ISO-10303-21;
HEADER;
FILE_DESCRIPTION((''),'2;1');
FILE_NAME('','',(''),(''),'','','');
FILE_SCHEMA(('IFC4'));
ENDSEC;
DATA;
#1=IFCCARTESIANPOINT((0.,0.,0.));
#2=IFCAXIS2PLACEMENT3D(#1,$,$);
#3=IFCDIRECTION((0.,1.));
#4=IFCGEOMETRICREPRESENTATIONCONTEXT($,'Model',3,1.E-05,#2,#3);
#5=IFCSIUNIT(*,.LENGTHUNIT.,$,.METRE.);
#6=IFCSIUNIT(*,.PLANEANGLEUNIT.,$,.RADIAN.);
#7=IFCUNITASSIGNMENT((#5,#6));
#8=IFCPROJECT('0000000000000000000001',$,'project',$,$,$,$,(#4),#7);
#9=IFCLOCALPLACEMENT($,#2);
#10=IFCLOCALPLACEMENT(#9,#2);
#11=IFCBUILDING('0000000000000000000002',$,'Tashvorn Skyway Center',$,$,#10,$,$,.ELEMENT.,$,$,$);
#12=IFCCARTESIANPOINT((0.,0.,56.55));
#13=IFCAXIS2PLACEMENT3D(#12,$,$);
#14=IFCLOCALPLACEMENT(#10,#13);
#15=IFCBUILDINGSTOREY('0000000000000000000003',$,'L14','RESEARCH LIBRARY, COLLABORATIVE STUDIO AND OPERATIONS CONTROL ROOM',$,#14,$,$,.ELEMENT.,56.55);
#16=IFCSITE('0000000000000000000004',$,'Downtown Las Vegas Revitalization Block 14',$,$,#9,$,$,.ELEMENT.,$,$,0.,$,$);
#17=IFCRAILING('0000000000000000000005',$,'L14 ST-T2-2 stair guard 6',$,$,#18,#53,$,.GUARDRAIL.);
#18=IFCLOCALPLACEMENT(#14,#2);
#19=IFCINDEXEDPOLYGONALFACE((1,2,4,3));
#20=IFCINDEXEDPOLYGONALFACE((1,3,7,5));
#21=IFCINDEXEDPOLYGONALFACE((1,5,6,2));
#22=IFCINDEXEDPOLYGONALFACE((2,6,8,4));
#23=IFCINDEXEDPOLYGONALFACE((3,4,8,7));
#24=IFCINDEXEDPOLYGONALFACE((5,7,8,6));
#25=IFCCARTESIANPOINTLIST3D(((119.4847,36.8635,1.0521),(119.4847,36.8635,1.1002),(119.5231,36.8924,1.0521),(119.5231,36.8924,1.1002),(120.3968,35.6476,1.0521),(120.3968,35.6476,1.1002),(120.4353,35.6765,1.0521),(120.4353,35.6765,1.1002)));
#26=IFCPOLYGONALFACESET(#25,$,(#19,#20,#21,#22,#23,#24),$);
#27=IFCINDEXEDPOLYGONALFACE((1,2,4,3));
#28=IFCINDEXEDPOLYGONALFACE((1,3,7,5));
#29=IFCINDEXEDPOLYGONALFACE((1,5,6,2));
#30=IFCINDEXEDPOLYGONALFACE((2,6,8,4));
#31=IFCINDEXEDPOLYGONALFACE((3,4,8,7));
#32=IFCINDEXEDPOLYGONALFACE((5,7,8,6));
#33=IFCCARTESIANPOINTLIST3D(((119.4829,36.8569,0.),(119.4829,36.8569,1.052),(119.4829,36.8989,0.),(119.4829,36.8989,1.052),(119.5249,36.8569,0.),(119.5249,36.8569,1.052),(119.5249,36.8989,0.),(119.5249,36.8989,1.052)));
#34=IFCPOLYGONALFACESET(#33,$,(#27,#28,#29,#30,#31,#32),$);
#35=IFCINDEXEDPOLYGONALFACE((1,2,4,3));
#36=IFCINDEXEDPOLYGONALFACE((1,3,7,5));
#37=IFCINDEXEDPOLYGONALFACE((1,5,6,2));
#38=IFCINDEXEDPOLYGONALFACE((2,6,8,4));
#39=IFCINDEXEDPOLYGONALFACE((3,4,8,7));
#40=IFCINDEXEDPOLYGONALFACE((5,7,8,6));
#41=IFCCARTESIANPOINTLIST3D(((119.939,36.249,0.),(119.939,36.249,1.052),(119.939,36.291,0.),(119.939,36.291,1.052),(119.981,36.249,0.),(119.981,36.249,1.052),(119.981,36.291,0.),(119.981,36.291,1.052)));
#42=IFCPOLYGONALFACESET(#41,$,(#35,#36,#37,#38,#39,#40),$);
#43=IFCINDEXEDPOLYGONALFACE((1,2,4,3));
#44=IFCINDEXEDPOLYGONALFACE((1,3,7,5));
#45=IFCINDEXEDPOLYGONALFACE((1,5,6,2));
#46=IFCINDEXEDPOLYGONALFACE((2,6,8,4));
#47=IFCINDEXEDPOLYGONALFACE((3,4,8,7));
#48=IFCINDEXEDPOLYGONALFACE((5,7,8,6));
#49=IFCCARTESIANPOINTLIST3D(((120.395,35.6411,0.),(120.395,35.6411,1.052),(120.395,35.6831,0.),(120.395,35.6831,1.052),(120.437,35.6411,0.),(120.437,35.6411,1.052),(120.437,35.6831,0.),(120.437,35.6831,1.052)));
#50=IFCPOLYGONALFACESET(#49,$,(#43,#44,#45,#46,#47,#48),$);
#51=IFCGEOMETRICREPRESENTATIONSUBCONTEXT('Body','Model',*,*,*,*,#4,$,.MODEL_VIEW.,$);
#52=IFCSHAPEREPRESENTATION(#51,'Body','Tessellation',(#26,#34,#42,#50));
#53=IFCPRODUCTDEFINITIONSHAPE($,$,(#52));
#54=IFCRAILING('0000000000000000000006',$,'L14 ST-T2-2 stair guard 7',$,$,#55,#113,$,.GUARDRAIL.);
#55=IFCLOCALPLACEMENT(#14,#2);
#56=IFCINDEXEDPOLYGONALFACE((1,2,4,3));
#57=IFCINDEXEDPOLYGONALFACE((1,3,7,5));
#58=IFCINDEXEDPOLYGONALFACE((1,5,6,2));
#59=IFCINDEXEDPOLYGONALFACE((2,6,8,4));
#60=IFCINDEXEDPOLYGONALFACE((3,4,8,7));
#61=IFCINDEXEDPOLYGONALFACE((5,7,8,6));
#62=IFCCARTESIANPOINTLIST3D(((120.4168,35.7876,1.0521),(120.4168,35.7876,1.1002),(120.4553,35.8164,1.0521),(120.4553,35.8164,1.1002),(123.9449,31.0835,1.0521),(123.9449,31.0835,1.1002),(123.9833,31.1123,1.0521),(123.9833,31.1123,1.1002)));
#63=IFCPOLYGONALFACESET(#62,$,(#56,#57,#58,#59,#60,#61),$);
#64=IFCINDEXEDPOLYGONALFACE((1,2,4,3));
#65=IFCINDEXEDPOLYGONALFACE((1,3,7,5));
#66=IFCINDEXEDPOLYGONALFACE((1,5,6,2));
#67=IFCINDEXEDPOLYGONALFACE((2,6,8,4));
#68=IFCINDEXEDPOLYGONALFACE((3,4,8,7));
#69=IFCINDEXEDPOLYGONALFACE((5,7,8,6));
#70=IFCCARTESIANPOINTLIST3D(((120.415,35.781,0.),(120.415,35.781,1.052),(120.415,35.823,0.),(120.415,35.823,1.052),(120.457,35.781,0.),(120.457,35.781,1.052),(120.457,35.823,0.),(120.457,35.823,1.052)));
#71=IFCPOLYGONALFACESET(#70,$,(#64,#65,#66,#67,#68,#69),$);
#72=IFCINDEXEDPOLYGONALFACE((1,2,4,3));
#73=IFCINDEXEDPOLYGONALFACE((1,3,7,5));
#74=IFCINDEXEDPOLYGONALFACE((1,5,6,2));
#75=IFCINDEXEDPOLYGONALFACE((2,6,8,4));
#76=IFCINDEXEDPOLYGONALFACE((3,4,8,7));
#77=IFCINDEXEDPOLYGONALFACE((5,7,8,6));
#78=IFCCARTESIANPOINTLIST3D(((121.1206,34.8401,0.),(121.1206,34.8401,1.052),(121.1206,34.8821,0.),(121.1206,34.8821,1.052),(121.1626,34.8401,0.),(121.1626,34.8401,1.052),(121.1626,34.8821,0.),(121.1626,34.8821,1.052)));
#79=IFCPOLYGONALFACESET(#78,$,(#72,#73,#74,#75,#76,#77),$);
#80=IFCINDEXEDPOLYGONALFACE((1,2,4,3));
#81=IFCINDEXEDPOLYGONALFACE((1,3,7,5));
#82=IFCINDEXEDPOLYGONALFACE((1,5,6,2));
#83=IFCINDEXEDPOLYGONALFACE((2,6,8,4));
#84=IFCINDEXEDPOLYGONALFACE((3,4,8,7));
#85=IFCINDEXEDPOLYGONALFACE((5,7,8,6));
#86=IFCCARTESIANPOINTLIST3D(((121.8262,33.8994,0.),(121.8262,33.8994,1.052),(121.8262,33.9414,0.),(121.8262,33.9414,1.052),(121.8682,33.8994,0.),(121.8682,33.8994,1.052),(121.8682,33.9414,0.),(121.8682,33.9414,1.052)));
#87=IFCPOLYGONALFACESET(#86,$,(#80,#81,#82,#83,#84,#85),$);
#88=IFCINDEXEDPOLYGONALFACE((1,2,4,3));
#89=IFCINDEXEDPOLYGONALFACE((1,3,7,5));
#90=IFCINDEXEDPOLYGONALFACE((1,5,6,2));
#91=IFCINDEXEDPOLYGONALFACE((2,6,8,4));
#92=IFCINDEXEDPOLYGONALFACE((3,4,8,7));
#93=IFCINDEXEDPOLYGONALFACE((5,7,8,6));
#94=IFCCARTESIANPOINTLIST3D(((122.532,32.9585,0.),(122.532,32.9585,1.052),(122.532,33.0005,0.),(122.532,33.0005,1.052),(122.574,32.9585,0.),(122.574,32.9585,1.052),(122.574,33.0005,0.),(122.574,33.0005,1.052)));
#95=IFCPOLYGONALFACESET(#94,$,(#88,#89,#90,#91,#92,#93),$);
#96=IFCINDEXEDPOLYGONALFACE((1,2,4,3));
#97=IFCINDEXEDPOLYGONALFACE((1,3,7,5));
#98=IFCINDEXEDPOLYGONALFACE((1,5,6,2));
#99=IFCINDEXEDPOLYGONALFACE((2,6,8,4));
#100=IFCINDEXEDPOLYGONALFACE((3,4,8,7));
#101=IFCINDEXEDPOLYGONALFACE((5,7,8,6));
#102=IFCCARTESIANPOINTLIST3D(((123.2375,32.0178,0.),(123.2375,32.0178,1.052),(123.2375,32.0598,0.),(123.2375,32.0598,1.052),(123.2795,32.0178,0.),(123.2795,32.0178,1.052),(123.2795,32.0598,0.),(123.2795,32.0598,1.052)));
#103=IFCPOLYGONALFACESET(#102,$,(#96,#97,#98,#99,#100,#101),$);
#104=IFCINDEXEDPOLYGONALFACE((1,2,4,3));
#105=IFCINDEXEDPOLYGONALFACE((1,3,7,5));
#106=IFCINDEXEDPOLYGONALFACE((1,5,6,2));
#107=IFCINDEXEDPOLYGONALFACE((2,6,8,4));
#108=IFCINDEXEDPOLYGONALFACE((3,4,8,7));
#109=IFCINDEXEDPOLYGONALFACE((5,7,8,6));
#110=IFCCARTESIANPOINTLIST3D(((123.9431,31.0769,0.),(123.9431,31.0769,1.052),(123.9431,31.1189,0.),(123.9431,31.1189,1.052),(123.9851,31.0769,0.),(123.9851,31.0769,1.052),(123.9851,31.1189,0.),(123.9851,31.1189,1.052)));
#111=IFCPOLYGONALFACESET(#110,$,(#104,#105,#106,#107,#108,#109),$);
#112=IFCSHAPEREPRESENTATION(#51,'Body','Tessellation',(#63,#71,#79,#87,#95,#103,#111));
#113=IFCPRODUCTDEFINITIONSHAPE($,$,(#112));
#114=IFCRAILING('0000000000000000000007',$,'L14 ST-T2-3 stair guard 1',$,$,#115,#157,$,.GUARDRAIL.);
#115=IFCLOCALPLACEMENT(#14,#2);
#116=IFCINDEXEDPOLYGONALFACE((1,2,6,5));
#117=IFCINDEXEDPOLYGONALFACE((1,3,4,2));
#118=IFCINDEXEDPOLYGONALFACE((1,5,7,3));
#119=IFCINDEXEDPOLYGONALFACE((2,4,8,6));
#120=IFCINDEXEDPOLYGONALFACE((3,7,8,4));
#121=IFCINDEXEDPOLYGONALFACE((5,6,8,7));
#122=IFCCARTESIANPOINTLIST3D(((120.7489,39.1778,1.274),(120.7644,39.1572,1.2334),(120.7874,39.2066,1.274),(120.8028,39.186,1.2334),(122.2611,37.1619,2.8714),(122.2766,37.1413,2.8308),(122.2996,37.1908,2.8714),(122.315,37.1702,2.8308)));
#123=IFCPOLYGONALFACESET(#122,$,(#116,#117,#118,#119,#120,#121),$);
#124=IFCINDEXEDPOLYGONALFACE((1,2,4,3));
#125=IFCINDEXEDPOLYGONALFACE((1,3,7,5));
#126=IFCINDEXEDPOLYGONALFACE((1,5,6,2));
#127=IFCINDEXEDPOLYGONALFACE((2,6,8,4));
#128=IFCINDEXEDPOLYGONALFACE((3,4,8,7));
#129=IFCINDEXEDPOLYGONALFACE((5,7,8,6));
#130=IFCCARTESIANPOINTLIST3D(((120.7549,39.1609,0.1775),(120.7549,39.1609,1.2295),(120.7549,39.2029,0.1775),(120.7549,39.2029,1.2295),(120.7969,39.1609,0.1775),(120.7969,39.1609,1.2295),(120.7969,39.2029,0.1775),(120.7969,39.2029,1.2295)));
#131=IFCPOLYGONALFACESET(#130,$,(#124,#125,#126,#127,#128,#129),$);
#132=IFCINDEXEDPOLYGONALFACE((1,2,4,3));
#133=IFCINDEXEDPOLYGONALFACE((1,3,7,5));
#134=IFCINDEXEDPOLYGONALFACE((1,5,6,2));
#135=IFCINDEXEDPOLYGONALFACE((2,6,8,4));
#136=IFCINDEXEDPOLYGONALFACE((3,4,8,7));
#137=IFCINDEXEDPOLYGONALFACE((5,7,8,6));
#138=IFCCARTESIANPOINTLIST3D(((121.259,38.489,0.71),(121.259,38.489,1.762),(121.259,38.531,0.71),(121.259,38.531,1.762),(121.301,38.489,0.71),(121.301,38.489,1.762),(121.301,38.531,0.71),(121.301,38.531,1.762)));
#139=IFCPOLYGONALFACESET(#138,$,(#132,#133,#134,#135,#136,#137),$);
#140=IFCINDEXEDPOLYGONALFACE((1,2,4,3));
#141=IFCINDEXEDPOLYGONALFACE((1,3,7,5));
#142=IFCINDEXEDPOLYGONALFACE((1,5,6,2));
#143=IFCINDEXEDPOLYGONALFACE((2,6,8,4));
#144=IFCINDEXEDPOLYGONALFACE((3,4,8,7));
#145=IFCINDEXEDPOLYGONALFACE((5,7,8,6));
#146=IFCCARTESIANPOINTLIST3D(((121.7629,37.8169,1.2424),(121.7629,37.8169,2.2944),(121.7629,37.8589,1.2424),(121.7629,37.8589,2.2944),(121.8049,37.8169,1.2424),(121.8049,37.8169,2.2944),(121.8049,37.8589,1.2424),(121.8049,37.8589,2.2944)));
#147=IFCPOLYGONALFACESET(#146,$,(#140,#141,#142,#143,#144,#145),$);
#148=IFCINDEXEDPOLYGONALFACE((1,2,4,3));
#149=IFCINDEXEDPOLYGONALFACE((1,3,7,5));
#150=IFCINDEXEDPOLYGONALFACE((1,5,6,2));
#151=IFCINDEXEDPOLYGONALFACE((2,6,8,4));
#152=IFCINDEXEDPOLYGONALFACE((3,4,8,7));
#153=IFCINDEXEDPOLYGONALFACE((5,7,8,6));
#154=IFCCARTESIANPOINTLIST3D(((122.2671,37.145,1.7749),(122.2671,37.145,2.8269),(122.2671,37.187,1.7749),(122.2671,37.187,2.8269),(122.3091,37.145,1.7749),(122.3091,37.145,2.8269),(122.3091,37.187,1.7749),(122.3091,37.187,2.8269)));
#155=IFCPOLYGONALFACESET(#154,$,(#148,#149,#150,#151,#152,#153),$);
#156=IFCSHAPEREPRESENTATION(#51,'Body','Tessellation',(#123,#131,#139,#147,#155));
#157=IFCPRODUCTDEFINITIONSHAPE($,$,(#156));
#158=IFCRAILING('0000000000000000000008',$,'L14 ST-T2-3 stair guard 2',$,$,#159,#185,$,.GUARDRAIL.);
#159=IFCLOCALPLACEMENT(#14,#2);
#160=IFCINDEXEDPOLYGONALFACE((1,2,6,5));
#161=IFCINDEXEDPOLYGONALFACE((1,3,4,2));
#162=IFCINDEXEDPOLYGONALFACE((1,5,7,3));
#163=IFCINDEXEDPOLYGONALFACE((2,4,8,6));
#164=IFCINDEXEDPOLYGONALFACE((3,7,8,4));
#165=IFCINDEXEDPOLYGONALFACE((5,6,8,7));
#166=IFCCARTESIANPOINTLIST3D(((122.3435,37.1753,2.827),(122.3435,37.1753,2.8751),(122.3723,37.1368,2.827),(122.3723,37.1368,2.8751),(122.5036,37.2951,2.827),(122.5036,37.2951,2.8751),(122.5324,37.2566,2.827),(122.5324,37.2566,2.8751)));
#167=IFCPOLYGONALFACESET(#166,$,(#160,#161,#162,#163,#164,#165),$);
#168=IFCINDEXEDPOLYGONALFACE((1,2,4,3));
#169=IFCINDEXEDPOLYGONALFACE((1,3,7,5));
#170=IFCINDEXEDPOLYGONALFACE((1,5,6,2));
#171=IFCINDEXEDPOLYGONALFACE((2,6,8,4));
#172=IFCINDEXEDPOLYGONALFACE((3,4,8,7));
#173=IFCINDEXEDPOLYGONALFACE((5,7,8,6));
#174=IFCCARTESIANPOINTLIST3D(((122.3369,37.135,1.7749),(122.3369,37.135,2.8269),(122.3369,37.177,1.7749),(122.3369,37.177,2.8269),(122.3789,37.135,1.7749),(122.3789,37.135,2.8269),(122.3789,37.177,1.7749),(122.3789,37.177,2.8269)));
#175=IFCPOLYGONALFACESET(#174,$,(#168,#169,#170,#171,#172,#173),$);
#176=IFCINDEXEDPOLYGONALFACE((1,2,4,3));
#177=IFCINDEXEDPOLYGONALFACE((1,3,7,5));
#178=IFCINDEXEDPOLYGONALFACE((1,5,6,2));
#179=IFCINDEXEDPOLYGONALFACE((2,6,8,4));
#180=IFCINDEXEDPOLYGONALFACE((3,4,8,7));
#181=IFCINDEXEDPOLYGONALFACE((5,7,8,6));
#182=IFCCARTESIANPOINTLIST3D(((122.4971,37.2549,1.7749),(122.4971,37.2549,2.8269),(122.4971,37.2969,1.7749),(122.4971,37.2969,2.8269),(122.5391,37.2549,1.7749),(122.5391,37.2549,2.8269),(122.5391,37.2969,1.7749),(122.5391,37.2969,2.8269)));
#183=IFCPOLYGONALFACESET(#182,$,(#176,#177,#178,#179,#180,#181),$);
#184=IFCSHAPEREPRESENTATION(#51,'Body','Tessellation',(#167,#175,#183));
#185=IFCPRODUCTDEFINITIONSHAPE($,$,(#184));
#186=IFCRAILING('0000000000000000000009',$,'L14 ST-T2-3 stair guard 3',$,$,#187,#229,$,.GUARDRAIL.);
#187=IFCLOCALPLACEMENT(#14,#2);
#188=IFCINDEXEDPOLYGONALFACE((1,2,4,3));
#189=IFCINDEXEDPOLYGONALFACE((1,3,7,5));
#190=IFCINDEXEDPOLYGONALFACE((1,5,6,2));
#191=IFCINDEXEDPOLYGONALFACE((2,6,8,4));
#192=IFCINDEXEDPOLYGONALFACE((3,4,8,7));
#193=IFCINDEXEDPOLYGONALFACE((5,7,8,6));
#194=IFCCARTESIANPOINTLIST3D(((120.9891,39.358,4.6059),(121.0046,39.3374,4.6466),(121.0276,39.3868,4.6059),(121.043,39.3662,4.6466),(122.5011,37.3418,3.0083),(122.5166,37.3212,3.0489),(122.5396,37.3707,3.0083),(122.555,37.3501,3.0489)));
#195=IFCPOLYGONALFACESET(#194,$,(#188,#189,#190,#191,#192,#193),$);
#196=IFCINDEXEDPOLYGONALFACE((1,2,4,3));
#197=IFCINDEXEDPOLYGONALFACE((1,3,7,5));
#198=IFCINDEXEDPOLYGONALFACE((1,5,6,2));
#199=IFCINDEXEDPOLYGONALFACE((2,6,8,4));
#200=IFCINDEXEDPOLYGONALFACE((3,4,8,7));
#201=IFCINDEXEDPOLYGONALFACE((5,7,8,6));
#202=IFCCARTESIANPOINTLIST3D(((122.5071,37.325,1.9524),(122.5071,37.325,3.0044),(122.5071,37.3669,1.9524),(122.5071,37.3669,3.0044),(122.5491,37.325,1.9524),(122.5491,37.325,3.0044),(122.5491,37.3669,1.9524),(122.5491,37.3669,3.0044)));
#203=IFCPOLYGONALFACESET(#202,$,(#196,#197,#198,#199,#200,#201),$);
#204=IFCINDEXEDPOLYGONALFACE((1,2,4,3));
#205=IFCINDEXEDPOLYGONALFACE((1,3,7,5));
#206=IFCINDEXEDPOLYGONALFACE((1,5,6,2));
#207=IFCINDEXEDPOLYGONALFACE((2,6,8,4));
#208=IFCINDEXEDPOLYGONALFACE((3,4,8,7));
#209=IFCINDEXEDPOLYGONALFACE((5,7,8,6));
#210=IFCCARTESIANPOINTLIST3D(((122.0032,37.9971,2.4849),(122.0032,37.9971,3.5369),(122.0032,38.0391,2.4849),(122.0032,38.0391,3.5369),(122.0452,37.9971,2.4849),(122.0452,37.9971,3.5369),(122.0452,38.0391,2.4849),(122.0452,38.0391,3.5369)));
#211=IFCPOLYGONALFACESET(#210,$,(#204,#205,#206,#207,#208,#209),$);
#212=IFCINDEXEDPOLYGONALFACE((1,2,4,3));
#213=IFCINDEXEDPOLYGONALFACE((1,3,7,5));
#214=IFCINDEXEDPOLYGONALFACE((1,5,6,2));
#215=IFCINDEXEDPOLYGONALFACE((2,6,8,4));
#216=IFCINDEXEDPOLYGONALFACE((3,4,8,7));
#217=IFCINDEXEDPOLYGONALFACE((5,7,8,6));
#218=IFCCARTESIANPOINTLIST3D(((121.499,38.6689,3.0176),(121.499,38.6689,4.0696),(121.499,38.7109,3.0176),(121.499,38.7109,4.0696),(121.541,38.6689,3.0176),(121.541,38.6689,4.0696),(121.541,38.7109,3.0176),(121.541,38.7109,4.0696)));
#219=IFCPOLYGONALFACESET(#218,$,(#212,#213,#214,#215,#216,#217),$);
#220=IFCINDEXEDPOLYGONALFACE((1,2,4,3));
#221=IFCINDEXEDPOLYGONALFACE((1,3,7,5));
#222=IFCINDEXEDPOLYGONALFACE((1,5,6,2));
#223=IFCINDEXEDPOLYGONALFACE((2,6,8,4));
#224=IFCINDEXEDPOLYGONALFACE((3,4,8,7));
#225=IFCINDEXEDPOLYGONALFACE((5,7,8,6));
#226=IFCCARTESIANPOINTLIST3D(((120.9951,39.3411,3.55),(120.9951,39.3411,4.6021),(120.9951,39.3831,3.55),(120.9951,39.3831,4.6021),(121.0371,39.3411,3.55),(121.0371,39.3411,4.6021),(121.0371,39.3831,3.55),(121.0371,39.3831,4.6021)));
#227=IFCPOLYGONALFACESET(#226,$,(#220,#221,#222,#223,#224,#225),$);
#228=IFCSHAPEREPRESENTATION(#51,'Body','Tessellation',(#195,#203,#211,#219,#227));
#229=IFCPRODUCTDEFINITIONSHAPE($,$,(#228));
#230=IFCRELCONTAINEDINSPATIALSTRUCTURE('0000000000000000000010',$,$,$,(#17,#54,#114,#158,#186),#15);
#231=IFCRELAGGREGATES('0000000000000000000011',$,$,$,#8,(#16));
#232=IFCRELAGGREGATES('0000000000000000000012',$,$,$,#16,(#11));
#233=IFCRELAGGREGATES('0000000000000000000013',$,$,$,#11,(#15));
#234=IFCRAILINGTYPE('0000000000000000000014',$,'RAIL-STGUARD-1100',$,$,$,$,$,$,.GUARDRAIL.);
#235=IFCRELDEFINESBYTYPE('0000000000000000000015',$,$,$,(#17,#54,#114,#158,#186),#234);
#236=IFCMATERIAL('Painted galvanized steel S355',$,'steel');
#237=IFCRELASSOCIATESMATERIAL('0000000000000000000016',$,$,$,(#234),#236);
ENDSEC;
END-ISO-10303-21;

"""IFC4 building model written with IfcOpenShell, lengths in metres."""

from ifc_helpers import new_model, si_unit, direction, frame, origin, origin_2d, place, context, subcontext, project, spatial, rectangle, extrude, material, type_object, element, save


model = new_model("IFC4")

# Units and contexts
model_context = context("Model", 3, precision=1e-05, world=origin(), true_north=direction((0.0, 1.0)))
body_context = subcontext(model_context, "Body", "Model", "MODEL_VIEW")
ifc_project = project(units=[si_unit("LENGTHUNIT", "METRE"), si_unit("PLANEANGLEUNIT", "RADIAN")], contexts=[model_context])

# Site, building, storey
site_placement = place(None, origin())
site = spatial("IfcSite", under=ifc_project, at=site_placement, Name="Downtown Las Vegas Revitalization Block 14", CompositionType="ELEMENT", RefElevation=0.0)
building_placement = place(site_placement, origin())
building = spatial("IfcBuilding", under=site, at=building_placement, Name="Tashvorn Skyway Center", CompositionType="ELEMENT")
storey_placement = place(building_placement, frame((0.0, 0.0, 56.55)))
storey = spatial("IfcBuildingStorey", under=building, at=storey_placement, Name="L14", Description="RESEARCH LIBRARY, COLLABORATIVE STUDIO AND OPERATIONS CONTROL ROOM", CompositionType="ELEMENT", Elevation=56.55)

# Railings
ifc_material_1 = material(Name="Painted galvanized steel S355", Category="steel")
railing_type_1 = type_object("IfcRailingType", Name="RAIL-STGUARD-1100", PredefinedType="GUARDRAIL", material=ifc_material_1)
railing_1_placement = place(storey_placement, frame((119.5039, 36.8779, 0.0)))
element("IfcRailing", 1, at=railing_1_placement, inside=storey, type_object=railing_type_1, Name="L14 ST-T2-2 stair guard 6", PredefinedType="GUARDRAIL", context=body_context, shape_type="SweptSolid", body=[
    extrude(rectangle(XDim=0.0481, YDim=0.0481, at=origin_2d()), frame((0.0, 0.0, 1.0762), z_axis=(0.600103, -0.799923, 0.0), x_axis=(0.799923, 0.600103, 0.0)), (0.0, 0.0, 1.0), 1.52),
    extrude(rectangle(XDim=0.042, YDim=0.042, at=origin_2d()), origin(), (0.0, 0.0, 1.0), 1.052),
    extrude(rectangle(XDim=0.042, YDim=0.042, at=origin_2d()), frame((0.4561, -0.6079, 0.0)), (0.0, 0.0, 1.0), 1.052),
    extrude(rectangle(XDim=0.042, YDim=0.042, at=origin_2d()), frame((0.9121, -1.2158, 0.0)), (0.0, 0.0, 1.0), 1.052),
])
railing_2_placement = place(storey_placement, frame((120.436, 35.802, 0.0)))
element("IfcRailing", 2, at=railing_2_placement, inside=storey, type_object=railing_type_1, Name="L14 ST-T2-2 stair guard 7", PredefinedType="GUARDRAIL", context=body_context, shape_type="SweptSolid", body=[
    extrude(rectangle(XDim=0.0481, YDim=0.0481, at=origin_2d()), frame((0.0, 0.0, 1.0762), z_axis=(0.6, -0.8, 0.0), x_axis=(0.8, 0.6, 0.0)), (0.0, 0.0, 1.0), 5.8801),
    extrude(rectangle(XDim=0.042, YDim=0.042, at=origin_2d()), origin(), (0.0, 0.0, 1.0), 1.052),
    extrude(rectangle(XDim=0.042, YDim=0.042, at=origin_2d()), frame((0.7056, -0.9409, 0.0)), (0.0, 0.0, 1.0), 1.052),
    extrude(rectangle(XDim=0.042, YDim=0.042, at=origin_2d()), frame((1.4111, -1.8816, 0.0)), (0.0, 0.0, 1.0), 1.052),
    extrude(rectangle(XDim=0.042, YDim=0.042, at=origin_2d()), frame((2.1169, -2.8225, 0.0)), (0.0, 0.0, 1.0), 1.052),
    extrude(rectangle(XDim=0.042, YDim=0.042, at=origin_2d()), frame((2.8225, -3.7632, 0.0)), (0.0, 0.0, 1.0), 1.052),
    extrude(rectangle(XDim=0.042, YDim=0.042, at=origin_2d()), frame((3.5281, -4.7041, 0.0)), (0.0, 0.0, 1.0), 1.052),
])
railing_3_placement = place(storey_placement, frame((120.7759, 39.1819, 0.1775)))
element("IfcRailing", 3, at=railing_3_placement, inside=storey, type_object=railing_type_1, Name="L14 ST-T2-3 stair guard 1", PredefinedType="GUARDRAIL", context=body_context, shape_type="SweptSolid", body=[
    extrude(rectangle(XDim=0.0481, YDim=0.0481, at=origin_2d()), frame((0.0, 0.0, 1.0762), z_axis=(0.50683, -0.675636, 0.535387), x_axis=(0.799942, 0.600078, 0.0)), (0.0, 0.0, 1.0), 2.9836),
    extrude(rectangle(XDim=0.042, YDim=0.042, at=origin_2d()), origin(), (0.0, 0.0, 1.0), 1.052),
    extrude(rectangle(XDim=0.042, YDim=0.042, at=origin_2d()), frame((0.5042, -0.6719, 0.5325)), (0.0, 0.0, 1.0), 1.052),
    extrude(rectangle(XDim=0.042, YDim=0.042, at=origin_2d()), frame((1.0081, -1.344, 1.0649)), (0.0, 0.0, 1.0), 1.052),
    extrude(rectangle(XDim=0.042, YDim=0.042, at=origin_2d()), frame((1.5122, -2.0159, 1.5974)), (0.0, 0.0, 1.0), 1.052),
])
railing_4_placement = place(storey_placement, frame((122.3579, 37.156, 1.7749)))
element("IfcRailing", 4, at=railing_4_placement, inside=storey, type_object=railing_type_1, Name="L14 ST-T2-3 stair guard 2", PredefinedType="GUARDRAIL", context=body_context, shape_type="SweptSolid", body=[
    extrude(rectangle(XDim=0.0481, YDim=0.0481, at=origin_2d()), frame((0.0, 0.0, 1.0762), z_axis=(0.800585, 0.599219, 0.0), x_axis=(-0.599219, 0.800585, 0.0)), (0.0, 0.0, 1.0), 0.2),
    extrude(rectangle(XDim=0.042, YDim=0.042, at=origin_2d()), origin(), (0.0, 0.0, 1.0), 1.052),
    extrude(rectangle(XDim=0.042, YDim=0.042, at=origin_2d()), frame((0.1602, 0.1199, 0.0)), (0.0, 0.0, 1.0), 1.052),
])
railing_5_placement = place(storey_placement, frame((122.5281, 37.3459, 1.9524)))
element("IfcRailing", 5, at=railing_5_placement, inside=storey, type_object=railing_type_1, Name="L14 ST-T2-3 stair guard 3", PredefinedType="GUARDRAIL", context=body_context, shape_type="SweptSolid", body=[
    extrude(rectangle(XDim=0.0481, YDim=0.0481, at=origin_2d()), frame((0.0, 0.0, 1.0762), z_axis=(-0.506719, 0.675679, 0.535438), x_axis=(-0.800023, -0.599969, 0.0)), (0.0, 0.0, 1.0), 2.9839),
    extrude(rectangle(XDim=0.042, YDim=0.042, at=origin_2d()), origin(), (0.0, 0.0, 1.0), 1.052),
    extrude(rectangle(XDim=0.042, YDim=0.042, at=origin_2d()), frame((-0.5039, 0.6721, 0.5325)), (0.0, 0.0, 1.0), 1.052),
    extrude(rectangle(XDim=0.042, YDim=0.042, at=origin_2d()), frame((-1.0081, 1.344, 1.0652)), (0.0, 0.0, 1.0), 1.052),
    extrude(rectangle(XDim=0.042, YDim=0.042, at=origin_2d()), frame((-1.512, 2.0161, 1.5977)), (0.0, 0.0, 1.0), 1.052),
])

save(model, "model.ifc")
